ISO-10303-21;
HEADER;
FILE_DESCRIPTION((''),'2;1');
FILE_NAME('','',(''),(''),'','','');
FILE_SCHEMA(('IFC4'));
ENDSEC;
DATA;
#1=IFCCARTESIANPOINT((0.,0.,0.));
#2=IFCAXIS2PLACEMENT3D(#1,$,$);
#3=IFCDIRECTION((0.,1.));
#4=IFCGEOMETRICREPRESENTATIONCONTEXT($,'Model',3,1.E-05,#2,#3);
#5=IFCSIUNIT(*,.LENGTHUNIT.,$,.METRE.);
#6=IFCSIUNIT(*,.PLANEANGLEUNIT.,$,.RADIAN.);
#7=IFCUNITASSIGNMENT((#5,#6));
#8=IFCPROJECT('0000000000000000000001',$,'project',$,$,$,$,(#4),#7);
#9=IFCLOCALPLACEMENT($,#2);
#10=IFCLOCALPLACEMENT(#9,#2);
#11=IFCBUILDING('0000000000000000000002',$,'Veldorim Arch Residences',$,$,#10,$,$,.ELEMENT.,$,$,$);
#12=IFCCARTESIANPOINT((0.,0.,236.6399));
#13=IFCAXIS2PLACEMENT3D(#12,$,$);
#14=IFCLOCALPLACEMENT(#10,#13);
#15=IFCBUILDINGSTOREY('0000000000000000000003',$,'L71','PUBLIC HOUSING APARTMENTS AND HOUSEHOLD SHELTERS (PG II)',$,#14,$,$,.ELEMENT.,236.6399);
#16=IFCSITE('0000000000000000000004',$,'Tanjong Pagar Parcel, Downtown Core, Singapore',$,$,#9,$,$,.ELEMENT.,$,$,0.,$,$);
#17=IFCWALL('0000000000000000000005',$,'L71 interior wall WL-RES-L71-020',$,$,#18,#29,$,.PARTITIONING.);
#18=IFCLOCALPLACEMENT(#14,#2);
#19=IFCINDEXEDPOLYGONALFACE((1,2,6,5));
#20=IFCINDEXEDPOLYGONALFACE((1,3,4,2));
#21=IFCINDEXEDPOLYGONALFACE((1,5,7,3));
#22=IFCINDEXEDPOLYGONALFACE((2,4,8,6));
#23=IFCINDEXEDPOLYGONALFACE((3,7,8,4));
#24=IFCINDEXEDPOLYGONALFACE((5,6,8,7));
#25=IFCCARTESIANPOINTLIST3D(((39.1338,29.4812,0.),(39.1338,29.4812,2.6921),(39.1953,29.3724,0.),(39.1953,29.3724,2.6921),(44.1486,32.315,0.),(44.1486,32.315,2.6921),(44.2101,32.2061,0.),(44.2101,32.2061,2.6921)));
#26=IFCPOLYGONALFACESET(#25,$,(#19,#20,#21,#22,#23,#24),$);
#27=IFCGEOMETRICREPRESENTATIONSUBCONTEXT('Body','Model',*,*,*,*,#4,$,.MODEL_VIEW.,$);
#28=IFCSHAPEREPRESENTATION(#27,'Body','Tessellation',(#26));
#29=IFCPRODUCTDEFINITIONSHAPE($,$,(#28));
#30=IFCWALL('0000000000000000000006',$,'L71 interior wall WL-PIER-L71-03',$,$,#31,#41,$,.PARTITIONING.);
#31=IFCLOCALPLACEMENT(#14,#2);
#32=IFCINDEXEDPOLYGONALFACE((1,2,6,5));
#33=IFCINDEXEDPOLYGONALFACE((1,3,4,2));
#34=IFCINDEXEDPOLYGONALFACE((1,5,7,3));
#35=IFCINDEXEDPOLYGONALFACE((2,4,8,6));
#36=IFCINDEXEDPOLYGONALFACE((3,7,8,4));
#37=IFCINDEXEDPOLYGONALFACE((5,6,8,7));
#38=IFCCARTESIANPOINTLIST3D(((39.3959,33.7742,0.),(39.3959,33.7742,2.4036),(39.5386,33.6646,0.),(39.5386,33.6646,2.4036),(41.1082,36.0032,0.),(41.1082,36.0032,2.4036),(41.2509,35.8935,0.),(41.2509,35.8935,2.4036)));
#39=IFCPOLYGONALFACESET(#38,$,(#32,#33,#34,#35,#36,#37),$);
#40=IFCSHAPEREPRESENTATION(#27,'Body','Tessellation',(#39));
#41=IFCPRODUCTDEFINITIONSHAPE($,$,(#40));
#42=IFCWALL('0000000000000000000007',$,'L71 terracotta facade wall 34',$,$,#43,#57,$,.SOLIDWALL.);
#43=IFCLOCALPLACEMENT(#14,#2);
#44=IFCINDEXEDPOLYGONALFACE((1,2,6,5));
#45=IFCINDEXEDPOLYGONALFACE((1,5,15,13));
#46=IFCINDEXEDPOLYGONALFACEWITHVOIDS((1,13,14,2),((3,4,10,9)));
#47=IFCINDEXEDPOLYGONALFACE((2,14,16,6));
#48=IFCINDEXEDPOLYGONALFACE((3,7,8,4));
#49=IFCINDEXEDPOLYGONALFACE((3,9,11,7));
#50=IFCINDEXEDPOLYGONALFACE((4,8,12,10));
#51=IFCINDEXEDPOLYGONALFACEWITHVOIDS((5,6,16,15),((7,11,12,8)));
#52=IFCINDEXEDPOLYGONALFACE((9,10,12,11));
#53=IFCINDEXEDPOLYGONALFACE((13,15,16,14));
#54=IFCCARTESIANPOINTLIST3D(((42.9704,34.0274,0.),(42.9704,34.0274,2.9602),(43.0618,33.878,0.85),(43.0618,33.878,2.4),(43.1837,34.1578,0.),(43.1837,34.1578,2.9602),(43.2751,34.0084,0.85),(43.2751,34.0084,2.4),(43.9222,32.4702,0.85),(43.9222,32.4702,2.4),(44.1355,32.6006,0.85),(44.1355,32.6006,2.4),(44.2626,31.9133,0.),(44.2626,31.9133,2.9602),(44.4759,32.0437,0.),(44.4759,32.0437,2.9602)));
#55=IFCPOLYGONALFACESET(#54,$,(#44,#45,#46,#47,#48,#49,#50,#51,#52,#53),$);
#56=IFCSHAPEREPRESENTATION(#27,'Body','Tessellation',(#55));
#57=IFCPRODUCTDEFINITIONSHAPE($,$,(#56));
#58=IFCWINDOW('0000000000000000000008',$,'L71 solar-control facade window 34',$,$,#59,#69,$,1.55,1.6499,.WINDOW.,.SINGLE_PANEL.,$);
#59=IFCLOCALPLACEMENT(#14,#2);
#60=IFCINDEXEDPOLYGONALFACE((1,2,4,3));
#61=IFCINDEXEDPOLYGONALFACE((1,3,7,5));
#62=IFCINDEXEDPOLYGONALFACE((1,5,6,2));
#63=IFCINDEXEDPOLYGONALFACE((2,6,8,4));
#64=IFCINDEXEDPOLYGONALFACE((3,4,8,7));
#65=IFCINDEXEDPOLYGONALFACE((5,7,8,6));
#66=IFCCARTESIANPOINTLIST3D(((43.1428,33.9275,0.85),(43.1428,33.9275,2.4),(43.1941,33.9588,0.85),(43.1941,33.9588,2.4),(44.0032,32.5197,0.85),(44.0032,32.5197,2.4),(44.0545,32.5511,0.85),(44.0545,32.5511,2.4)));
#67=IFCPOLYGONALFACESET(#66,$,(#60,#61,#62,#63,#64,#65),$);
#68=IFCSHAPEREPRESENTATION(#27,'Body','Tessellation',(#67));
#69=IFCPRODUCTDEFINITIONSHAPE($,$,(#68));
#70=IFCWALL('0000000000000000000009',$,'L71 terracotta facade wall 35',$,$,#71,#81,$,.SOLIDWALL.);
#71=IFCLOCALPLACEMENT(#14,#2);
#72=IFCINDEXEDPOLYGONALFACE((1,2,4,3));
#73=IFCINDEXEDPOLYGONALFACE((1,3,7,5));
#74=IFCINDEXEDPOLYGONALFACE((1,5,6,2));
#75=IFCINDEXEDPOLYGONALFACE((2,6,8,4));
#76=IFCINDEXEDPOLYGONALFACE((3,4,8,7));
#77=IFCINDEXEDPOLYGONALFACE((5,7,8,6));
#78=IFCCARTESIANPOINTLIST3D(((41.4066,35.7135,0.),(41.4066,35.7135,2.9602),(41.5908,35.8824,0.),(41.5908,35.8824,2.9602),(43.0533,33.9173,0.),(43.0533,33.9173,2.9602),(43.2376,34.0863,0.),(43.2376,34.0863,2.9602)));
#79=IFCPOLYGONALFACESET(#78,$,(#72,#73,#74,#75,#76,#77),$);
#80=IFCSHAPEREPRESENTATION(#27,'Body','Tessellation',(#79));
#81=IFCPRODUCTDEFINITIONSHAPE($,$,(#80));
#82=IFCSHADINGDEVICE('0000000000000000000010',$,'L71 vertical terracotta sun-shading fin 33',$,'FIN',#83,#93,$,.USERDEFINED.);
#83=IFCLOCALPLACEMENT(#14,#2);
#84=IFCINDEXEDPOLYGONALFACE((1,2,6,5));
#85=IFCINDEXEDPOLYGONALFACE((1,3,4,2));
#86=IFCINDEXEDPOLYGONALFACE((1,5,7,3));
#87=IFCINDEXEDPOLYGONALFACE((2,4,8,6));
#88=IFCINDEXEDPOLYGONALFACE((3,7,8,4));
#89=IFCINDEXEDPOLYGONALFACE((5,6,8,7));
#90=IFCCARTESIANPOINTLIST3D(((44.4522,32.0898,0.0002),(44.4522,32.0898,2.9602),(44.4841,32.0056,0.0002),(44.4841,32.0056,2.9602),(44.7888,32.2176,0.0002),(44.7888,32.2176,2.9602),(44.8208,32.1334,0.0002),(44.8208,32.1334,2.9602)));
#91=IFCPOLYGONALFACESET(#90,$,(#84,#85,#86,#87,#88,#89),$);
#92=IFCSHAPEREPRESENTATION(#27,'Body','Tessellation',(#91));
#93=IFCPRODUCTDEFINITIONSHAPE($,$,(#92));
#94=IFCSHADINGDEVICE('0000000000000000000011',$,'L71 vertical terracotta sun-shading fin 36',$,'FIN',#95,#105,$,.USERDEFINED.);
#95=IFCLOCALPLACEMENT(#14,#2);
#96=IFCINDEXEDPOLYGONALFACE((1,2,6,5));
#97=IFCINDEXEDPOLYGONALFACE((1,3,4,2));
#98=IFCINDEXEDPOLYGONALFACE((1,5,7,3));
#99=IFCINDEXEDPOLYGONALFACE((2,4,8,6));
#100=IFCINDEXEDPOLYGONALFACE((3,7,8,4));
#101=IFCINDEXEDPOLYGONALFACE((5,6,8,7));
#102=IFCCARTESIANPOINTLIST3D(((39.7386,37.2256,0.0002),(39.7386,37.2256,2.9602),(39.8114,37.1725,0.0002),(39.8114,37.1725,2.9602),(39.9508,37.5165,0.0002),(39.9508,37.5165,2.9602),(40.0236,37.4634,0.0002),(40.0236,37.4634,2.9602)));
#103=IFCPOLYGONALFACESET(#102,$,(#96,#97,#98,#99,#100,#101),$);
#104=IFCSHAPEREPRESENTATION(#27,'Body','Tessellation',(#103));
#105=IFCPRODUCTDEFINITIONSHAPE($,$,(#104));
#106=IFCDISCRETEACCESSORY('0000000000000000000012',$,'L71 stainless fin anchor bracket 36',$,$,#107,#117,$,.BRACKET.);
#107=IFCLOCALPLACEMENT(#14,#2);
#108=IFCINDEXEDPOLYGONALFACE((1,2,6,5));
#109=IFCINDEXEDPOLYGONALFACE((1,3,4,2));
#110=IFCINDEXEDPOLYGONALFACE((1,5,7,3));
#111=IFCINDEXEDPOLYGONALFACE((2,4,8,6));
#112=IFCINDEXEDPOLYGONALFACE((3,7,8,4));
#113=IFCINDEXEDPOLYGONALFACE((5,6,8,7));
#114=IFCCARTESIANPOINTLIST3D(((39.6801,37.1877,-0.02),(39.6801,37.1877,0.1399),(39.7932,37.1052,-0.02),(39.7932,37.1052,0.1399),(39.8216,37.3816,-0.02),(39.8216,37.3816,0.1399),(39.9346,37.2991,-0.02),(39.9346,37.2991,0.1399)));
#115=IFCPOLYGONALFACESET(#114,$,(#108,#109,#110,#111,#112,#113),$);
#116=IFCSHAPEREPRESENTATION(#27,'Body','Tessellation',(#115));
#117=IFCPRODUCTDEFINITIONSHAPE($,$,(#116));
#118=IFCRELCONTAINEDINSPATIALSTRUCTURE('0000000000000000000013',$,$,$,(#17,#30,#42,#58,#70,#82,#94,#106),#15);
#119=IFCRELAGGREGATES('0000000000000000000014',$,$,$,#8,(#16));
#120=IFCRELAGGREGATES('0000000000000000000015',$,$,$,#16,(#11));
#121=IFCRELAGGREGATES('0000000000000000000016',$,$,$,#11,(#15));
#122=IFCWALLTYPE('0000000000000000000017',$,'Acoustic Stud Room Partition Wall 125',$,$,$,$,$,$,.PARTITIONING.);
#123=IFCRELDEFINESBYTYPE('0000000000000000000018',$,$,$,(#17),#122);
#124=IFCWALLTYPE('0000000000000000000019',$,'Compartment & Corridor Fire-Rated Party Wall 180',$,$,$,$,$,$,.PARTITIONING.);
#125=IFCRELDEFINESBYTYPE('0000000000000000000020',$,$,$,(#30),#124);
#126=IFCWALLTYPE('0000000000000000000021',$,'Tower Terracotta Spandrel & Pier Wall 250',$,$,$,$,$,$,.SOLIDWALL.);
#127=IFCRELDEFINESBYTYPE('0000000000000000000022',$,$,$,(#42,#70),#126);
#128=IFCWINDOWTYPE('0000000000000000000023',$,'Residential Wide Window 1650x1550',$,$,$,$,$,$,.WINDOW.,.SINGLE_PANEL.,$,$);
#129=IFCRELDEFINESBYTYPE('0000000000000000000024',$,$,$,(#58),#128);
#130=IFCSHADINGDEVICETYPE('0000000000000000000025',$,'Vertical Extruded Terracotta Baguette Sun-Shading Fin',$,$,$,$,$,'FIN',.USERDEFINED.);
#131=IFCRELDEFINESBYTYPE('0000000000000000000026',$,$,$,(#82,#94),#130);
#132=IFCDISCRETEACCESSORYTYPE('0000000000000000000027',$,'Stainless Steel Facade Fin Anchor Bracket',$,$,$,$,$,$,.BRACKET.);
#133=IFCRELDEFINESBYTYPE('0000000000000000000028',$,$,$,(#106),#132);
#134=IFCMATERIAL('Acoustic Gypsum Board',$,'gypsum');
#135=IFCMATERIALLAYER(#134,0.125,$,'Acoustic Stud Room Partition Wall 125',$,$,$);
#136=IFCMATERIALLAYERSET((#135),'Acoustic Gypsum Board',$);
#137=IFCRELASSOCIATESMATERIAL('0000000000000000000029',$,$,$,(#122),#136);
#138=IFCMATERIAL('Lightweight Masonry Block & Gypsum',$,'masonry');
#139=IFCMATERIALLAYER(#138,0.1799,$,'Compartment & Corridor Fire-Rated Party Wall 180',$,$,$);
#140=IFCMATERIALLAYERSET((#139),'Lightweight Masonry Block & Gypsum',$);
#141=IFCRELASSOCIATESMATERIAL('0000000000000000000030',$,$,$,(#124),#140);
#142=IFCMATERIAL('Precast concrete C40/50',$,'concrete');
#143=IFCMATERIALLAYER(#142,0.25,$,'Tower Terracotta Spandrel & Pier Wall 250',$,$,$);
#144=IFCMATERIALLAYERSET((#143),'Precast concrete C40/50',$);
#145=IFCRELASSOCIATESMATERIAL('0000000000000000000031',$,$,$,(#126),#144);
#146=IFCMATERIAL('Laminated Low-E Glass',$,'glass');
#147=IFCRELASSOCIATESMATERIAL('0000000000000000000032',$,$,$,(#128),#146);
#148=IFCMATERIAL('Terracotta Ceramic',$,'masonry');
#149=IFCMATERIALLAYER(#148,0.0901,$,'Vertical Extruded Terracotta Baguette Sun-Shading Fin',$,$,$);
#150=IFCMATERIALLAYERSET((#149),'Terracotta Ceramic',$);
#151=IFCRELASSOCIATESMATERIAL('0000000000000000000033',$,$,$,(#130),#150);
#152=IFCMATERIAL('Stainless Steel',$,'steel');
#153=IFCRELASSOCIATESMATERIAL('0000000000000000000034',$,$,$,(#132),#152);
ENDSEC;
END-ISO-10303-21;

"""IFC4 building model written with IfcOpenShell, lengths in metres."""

from ifc_helpers import new_model, si_unit, direction, frame, frame_2d, origin, origin_2d, place, context, subcontext, project, spatial, rectangle, extrude, material, layer, layer_set, type_object, element, fill, save


model = new_model("IFC4")

# Units and contexts
model_context = context("Model", 3, precision=1e-05, world=origin(), true_north=direction((0.0, 1.0)))
body_context = subcontext(model_context, "Body", "Model", "MODEL_VIEW")
ifc_project = project(units=[si_unit("LENGTHUNIT", "METRE"), si_unit("PLANEANGLEUNIT", "RADIAN")], contexts=[model_context])

# Site, building, storey
site_placement = place(None, origin())
site = spatial("IfcSite", under=ifc_project, at=site_placement, Name="Tanjong Pagar Parcel, Downtown Core, Singapore", CompositionType="ELEMENT", RefElevation=0.0)
building_placement = place(site_placement, origin())
building = spatial("IfcBuilding", under=site, at=building_placement, Name="Veldorim Arch Residences", CompositionType="ELEMENT")
storey_placement = place(building_placement, frame((0.0, 0.0, 236.6399)))
storey = spatial("IfcBuildingStorey", under=building, at=storey_placement, Name="L71", Description="PUBLIC HOUSING APARTMENTS AND HOUSEHOLD SHELTERS (PG II)", CompositionType="ELEMENT", Elevation=236.6399)

# Walls
ifc_material_1 = material(Name="Acoustic Gypsum Board", Category="gypsum")
ifc_layer_1 = layer(ifc_material_1, 0.125, Name="Acoustic Stud Room Partition Wall 125")
ifc_layer_set_1 = layer_set([ifc_layer_1], Name="Acoustic Gypsum Board")
wall_type_1 = type_object("IfcWallType", Name="Acoustic Stud Room Partition Wall 125", PredefinedType="PARTITIONING", material=ifc_layer_set_1)
wall_1_placement = place(storey_placement, frame((44.1792, 32.2605, 0.0), z_axis=(0.0, 0.0, 1.0), x_axis=(-0.870609, -0.491975, 0.0)))
element("IfcWall", 1, at=wall_1_placement, inside=storey, type_object=wall_type_1, Name="L71 interior wall WL-RES-L71-020", PredefinedType="PARTITIONING", context=body_context, shape_type="SweptSolid", body=[
    extrude(rectangle(XDim=5.76, YDim=0.125, at=frame_2d((2.8799, 0.0))), origin(), (0.0, 0.0, 1.0), 2.6921),
])
ifc_material_2 = material(Name="Lightweight Masonry Block & Gypsum", Category="masonry")
ifc_layer_2 = layer(ifc_material_2, 0.1799, Name="Compartment & Corridor Fire-Rated Party Wall 180")
ifc_layer_set_2 = layer_set([ifc_layer_2], Name="Lightweight Masonry Block & Gypsum")
wall_type_2 = type_object("IfcWallType", Name="Compartment & Corridor Fire-Rated Party Wall 180", PredefinedType="PARTITIONING", material=ifc_layer_set_2)
wall_2_placement = place(storey_placement, frame((39.4673, 33.7195, 0.0), z_axis=(0.0, 0.0, 1.0), x_axis=(0.609215, 0.793005, 0.0)))
element("IfcWall", 2, at=wall_2_placement, inside=storey, type_object=wall_type_2, Name="L71 interior wall WL-PIER-L71-03", PredefinedType="PARTITIONING", context=body_context, shape_type="SweptSolid", body=[
    extrude(rectangle(XDim=2.8108, YDim=0.1799, at=frame_2d((1.4053, 0.0))), origin(), (0.0, 0.0, 1.0), 2.4036),
])

# Wall, opening, window
ifc_material_3 = material(Name="Precast concrete C40/50", Category="concrete")
ifc_layer_3 = layer(ifc_material_3, 0.25, Name="Tower Terracotta Spandrel & Pier Wall 250")
ifc_layer_set_3 = layer_set([ifc_layer_3], Name="Precast concrete C40/50")
wall_type_3 = type_object("IfcWallType", Name="Tower Terracotta Spandrel & Pier Wall 250", PredefinedType="SOLIDWALL", material=ifc_layer_set_3)
wall_3_placement = place(storey_placement, frame((43.0771, 34.0925, 0.0), z_axis=(0.0, 0.0, 1.0), x_axis=(0.521506, -0.853248, 0.0)))
wall_3 = element("IfcWall", 3, at=wall_3_placement, inside=storey, type_object=wall_type_3, Name="L71 terracotta facade wall 34", PredefinedType="SOLIDWALL", context=body_context, shape_type="SweptSolid", body=[
    extrude(rectangle(XDim=2.4778, YDim=0.25, at=frame_2d((1.2388, 0.0))), origin(), (0.0, 0.0, 1.0), 2.9602),
])
opening_placement = place(wall_3_placement, frame((0.175, 0.0, 0.8501)))
opening = element("IfcOpeningElement", 4, at=opening_placement, cuts=wall_3, PredefinedType="OPENING", context=body_context, shape_type="SweptSolid", body=[
    extrude(rectangle(XDim=1.6499, YDim=1.55, at=frame_2d((0.825, 0.7749))), frame((0.0, 0.135, 0.0), z_axis=(0.0, -1.0, 0.0), x_axis=(1.0, 0.0, 0.0)), (0.0, 0.0, 1.0), 0.27),
])
ifc_material_4 = material(Name="Laminated Low-E Glass", Category="glass")
window_type = type_object("IfcWindowType", Name="Residential Wide Window 1650x1550", PartitioningType="SINGLE_PANEL", PredefinedType="WINDOW", material=ifc_material_4)
window_placement = place(opening_placement, origin())
window = element("IfcWindow", 5, at=window_placement, inside=storey, type_object=window_type, Name="L71 solar-control facade window 34", OverallHeight=1.55, OverallWidth=1.6499, PartitioningType="SINGLE_PANEL", PredefinedType="WINDOW", context=body_context, shape_type="SweptSolid", body=[
    extrude(rectangle(XDim=1.6499, YDim=1.55, at=frame_2d((0.825, 0.7749))), frame((0.0, 0.03, 0.0), z_axis=(0.0, -1.0, 0.0), x_axis=(1.0, 0.0, 0.0)), (0.0, 0.0, 1.0), 0.0601),
])
fill(opening, window)

# Wall
wall_4_placement = place(storey_placement, frame((41.4988, 35.7979, 0.0), z_axis=(0.0, 0.0, 1.0), x_axis=(0.675784, -0.7371, 0.0)))
element("IfcWall", 6, at=wall_4_placement, inside=storey, type_object=wall_type_3, Name="L71 terracotta facade wall 35", PredefinedType="SOLIDWALL", context=body_context, shape_type="SweptSolid", body=[
    extrude(rectangle(XDim=2.4368, YDim=0.25, at=frame_2d((1.2183, 0.0))), origin(), (0.0, 0.0, 1.0), 2.9602),
])

# Shading devices
ifc_material_5 = material(Name="Terracotta Ceramic", Category="masonry")
ifc_layer_4 = layer(ifc_material_5, 0.0901, Name="Vertical Extruded Terracotta Baguette Sun-Shading Fin")
ifc_layer_set_4 = layer_set([ifc_layer_4], Name="Terracotta Ceramic")
shading_device_type = type_object("IfcShadingDeviceType", Name="Vertical Extruded Terracotta Baguette Sun-Shading Fin", ElementType="FIN", PredefinedType="USERDEFINED", material=ifc_layer_set_4)
for number, where, z_axis, x_axis, name in (
    (7, (44.6365, 32.1116, 0.0002), (0.0, 0.0, 1.0), (0.354944, -0.934888, 0.0), "L71 vertical terracotta sun-shading fin 33"),
    (8, (39.8811, 37.3445, 0.0002), (0.0, 0.0, 1.0), (0.807887, -0.589337, 0.0), "L71 vertical terracotta sun-shading fin 36"),
):
    element("IfcShadingDevice", number, at=place(storey_placement, frame(where, z_axis=z_axis, x_axis=x_axis)), inside=storey, type_object=shading_device_type, Name=name, ObjectType="FIN", PredefinedType="USERDEFINED", context=body_context, shape_type="SweptSolid", body=[
        extrude(rectangle(XDim=0.0901, YDim=0.3601, at=origin_2d()), origin(), (0.0, 0.0, 1.0), 2.96),
    ])

# Discrete accessory
ifc_material_6 = material(Name="Stainless Steel", Category="steel")
discrete_accessory_type = type_object("IfcDiscreteAccessoryType", Name="Stainless Steel Facade Fin Anchor Bracket", PredefinedType="BRACKET", material=ifc_material_6)
discrete_accessory_placement = place(storey_placement, frame((39.8074, 37.2434, -0.02), z_axis=(0.0, 0.0, 1.0), x_axis=(0.807887, -0.589337, 0.0)))
element("IfcDiscreteAccessory", 9, at=discrete_accessory_placement, inside=storey, type_object=discrete_accessory_type, Name="L71 stainless fin anchor bracket 36", PredefinedType="BRACKET", context=body_context, shape_type="SweptSolid", body=[
    extrude(rectangle(XDim=0.1399, YDim=0.24, at=origin_2d()), origin(), (0.0, 0.0, 1.0), 0.1599),
])

save(model, "model.ifc")
